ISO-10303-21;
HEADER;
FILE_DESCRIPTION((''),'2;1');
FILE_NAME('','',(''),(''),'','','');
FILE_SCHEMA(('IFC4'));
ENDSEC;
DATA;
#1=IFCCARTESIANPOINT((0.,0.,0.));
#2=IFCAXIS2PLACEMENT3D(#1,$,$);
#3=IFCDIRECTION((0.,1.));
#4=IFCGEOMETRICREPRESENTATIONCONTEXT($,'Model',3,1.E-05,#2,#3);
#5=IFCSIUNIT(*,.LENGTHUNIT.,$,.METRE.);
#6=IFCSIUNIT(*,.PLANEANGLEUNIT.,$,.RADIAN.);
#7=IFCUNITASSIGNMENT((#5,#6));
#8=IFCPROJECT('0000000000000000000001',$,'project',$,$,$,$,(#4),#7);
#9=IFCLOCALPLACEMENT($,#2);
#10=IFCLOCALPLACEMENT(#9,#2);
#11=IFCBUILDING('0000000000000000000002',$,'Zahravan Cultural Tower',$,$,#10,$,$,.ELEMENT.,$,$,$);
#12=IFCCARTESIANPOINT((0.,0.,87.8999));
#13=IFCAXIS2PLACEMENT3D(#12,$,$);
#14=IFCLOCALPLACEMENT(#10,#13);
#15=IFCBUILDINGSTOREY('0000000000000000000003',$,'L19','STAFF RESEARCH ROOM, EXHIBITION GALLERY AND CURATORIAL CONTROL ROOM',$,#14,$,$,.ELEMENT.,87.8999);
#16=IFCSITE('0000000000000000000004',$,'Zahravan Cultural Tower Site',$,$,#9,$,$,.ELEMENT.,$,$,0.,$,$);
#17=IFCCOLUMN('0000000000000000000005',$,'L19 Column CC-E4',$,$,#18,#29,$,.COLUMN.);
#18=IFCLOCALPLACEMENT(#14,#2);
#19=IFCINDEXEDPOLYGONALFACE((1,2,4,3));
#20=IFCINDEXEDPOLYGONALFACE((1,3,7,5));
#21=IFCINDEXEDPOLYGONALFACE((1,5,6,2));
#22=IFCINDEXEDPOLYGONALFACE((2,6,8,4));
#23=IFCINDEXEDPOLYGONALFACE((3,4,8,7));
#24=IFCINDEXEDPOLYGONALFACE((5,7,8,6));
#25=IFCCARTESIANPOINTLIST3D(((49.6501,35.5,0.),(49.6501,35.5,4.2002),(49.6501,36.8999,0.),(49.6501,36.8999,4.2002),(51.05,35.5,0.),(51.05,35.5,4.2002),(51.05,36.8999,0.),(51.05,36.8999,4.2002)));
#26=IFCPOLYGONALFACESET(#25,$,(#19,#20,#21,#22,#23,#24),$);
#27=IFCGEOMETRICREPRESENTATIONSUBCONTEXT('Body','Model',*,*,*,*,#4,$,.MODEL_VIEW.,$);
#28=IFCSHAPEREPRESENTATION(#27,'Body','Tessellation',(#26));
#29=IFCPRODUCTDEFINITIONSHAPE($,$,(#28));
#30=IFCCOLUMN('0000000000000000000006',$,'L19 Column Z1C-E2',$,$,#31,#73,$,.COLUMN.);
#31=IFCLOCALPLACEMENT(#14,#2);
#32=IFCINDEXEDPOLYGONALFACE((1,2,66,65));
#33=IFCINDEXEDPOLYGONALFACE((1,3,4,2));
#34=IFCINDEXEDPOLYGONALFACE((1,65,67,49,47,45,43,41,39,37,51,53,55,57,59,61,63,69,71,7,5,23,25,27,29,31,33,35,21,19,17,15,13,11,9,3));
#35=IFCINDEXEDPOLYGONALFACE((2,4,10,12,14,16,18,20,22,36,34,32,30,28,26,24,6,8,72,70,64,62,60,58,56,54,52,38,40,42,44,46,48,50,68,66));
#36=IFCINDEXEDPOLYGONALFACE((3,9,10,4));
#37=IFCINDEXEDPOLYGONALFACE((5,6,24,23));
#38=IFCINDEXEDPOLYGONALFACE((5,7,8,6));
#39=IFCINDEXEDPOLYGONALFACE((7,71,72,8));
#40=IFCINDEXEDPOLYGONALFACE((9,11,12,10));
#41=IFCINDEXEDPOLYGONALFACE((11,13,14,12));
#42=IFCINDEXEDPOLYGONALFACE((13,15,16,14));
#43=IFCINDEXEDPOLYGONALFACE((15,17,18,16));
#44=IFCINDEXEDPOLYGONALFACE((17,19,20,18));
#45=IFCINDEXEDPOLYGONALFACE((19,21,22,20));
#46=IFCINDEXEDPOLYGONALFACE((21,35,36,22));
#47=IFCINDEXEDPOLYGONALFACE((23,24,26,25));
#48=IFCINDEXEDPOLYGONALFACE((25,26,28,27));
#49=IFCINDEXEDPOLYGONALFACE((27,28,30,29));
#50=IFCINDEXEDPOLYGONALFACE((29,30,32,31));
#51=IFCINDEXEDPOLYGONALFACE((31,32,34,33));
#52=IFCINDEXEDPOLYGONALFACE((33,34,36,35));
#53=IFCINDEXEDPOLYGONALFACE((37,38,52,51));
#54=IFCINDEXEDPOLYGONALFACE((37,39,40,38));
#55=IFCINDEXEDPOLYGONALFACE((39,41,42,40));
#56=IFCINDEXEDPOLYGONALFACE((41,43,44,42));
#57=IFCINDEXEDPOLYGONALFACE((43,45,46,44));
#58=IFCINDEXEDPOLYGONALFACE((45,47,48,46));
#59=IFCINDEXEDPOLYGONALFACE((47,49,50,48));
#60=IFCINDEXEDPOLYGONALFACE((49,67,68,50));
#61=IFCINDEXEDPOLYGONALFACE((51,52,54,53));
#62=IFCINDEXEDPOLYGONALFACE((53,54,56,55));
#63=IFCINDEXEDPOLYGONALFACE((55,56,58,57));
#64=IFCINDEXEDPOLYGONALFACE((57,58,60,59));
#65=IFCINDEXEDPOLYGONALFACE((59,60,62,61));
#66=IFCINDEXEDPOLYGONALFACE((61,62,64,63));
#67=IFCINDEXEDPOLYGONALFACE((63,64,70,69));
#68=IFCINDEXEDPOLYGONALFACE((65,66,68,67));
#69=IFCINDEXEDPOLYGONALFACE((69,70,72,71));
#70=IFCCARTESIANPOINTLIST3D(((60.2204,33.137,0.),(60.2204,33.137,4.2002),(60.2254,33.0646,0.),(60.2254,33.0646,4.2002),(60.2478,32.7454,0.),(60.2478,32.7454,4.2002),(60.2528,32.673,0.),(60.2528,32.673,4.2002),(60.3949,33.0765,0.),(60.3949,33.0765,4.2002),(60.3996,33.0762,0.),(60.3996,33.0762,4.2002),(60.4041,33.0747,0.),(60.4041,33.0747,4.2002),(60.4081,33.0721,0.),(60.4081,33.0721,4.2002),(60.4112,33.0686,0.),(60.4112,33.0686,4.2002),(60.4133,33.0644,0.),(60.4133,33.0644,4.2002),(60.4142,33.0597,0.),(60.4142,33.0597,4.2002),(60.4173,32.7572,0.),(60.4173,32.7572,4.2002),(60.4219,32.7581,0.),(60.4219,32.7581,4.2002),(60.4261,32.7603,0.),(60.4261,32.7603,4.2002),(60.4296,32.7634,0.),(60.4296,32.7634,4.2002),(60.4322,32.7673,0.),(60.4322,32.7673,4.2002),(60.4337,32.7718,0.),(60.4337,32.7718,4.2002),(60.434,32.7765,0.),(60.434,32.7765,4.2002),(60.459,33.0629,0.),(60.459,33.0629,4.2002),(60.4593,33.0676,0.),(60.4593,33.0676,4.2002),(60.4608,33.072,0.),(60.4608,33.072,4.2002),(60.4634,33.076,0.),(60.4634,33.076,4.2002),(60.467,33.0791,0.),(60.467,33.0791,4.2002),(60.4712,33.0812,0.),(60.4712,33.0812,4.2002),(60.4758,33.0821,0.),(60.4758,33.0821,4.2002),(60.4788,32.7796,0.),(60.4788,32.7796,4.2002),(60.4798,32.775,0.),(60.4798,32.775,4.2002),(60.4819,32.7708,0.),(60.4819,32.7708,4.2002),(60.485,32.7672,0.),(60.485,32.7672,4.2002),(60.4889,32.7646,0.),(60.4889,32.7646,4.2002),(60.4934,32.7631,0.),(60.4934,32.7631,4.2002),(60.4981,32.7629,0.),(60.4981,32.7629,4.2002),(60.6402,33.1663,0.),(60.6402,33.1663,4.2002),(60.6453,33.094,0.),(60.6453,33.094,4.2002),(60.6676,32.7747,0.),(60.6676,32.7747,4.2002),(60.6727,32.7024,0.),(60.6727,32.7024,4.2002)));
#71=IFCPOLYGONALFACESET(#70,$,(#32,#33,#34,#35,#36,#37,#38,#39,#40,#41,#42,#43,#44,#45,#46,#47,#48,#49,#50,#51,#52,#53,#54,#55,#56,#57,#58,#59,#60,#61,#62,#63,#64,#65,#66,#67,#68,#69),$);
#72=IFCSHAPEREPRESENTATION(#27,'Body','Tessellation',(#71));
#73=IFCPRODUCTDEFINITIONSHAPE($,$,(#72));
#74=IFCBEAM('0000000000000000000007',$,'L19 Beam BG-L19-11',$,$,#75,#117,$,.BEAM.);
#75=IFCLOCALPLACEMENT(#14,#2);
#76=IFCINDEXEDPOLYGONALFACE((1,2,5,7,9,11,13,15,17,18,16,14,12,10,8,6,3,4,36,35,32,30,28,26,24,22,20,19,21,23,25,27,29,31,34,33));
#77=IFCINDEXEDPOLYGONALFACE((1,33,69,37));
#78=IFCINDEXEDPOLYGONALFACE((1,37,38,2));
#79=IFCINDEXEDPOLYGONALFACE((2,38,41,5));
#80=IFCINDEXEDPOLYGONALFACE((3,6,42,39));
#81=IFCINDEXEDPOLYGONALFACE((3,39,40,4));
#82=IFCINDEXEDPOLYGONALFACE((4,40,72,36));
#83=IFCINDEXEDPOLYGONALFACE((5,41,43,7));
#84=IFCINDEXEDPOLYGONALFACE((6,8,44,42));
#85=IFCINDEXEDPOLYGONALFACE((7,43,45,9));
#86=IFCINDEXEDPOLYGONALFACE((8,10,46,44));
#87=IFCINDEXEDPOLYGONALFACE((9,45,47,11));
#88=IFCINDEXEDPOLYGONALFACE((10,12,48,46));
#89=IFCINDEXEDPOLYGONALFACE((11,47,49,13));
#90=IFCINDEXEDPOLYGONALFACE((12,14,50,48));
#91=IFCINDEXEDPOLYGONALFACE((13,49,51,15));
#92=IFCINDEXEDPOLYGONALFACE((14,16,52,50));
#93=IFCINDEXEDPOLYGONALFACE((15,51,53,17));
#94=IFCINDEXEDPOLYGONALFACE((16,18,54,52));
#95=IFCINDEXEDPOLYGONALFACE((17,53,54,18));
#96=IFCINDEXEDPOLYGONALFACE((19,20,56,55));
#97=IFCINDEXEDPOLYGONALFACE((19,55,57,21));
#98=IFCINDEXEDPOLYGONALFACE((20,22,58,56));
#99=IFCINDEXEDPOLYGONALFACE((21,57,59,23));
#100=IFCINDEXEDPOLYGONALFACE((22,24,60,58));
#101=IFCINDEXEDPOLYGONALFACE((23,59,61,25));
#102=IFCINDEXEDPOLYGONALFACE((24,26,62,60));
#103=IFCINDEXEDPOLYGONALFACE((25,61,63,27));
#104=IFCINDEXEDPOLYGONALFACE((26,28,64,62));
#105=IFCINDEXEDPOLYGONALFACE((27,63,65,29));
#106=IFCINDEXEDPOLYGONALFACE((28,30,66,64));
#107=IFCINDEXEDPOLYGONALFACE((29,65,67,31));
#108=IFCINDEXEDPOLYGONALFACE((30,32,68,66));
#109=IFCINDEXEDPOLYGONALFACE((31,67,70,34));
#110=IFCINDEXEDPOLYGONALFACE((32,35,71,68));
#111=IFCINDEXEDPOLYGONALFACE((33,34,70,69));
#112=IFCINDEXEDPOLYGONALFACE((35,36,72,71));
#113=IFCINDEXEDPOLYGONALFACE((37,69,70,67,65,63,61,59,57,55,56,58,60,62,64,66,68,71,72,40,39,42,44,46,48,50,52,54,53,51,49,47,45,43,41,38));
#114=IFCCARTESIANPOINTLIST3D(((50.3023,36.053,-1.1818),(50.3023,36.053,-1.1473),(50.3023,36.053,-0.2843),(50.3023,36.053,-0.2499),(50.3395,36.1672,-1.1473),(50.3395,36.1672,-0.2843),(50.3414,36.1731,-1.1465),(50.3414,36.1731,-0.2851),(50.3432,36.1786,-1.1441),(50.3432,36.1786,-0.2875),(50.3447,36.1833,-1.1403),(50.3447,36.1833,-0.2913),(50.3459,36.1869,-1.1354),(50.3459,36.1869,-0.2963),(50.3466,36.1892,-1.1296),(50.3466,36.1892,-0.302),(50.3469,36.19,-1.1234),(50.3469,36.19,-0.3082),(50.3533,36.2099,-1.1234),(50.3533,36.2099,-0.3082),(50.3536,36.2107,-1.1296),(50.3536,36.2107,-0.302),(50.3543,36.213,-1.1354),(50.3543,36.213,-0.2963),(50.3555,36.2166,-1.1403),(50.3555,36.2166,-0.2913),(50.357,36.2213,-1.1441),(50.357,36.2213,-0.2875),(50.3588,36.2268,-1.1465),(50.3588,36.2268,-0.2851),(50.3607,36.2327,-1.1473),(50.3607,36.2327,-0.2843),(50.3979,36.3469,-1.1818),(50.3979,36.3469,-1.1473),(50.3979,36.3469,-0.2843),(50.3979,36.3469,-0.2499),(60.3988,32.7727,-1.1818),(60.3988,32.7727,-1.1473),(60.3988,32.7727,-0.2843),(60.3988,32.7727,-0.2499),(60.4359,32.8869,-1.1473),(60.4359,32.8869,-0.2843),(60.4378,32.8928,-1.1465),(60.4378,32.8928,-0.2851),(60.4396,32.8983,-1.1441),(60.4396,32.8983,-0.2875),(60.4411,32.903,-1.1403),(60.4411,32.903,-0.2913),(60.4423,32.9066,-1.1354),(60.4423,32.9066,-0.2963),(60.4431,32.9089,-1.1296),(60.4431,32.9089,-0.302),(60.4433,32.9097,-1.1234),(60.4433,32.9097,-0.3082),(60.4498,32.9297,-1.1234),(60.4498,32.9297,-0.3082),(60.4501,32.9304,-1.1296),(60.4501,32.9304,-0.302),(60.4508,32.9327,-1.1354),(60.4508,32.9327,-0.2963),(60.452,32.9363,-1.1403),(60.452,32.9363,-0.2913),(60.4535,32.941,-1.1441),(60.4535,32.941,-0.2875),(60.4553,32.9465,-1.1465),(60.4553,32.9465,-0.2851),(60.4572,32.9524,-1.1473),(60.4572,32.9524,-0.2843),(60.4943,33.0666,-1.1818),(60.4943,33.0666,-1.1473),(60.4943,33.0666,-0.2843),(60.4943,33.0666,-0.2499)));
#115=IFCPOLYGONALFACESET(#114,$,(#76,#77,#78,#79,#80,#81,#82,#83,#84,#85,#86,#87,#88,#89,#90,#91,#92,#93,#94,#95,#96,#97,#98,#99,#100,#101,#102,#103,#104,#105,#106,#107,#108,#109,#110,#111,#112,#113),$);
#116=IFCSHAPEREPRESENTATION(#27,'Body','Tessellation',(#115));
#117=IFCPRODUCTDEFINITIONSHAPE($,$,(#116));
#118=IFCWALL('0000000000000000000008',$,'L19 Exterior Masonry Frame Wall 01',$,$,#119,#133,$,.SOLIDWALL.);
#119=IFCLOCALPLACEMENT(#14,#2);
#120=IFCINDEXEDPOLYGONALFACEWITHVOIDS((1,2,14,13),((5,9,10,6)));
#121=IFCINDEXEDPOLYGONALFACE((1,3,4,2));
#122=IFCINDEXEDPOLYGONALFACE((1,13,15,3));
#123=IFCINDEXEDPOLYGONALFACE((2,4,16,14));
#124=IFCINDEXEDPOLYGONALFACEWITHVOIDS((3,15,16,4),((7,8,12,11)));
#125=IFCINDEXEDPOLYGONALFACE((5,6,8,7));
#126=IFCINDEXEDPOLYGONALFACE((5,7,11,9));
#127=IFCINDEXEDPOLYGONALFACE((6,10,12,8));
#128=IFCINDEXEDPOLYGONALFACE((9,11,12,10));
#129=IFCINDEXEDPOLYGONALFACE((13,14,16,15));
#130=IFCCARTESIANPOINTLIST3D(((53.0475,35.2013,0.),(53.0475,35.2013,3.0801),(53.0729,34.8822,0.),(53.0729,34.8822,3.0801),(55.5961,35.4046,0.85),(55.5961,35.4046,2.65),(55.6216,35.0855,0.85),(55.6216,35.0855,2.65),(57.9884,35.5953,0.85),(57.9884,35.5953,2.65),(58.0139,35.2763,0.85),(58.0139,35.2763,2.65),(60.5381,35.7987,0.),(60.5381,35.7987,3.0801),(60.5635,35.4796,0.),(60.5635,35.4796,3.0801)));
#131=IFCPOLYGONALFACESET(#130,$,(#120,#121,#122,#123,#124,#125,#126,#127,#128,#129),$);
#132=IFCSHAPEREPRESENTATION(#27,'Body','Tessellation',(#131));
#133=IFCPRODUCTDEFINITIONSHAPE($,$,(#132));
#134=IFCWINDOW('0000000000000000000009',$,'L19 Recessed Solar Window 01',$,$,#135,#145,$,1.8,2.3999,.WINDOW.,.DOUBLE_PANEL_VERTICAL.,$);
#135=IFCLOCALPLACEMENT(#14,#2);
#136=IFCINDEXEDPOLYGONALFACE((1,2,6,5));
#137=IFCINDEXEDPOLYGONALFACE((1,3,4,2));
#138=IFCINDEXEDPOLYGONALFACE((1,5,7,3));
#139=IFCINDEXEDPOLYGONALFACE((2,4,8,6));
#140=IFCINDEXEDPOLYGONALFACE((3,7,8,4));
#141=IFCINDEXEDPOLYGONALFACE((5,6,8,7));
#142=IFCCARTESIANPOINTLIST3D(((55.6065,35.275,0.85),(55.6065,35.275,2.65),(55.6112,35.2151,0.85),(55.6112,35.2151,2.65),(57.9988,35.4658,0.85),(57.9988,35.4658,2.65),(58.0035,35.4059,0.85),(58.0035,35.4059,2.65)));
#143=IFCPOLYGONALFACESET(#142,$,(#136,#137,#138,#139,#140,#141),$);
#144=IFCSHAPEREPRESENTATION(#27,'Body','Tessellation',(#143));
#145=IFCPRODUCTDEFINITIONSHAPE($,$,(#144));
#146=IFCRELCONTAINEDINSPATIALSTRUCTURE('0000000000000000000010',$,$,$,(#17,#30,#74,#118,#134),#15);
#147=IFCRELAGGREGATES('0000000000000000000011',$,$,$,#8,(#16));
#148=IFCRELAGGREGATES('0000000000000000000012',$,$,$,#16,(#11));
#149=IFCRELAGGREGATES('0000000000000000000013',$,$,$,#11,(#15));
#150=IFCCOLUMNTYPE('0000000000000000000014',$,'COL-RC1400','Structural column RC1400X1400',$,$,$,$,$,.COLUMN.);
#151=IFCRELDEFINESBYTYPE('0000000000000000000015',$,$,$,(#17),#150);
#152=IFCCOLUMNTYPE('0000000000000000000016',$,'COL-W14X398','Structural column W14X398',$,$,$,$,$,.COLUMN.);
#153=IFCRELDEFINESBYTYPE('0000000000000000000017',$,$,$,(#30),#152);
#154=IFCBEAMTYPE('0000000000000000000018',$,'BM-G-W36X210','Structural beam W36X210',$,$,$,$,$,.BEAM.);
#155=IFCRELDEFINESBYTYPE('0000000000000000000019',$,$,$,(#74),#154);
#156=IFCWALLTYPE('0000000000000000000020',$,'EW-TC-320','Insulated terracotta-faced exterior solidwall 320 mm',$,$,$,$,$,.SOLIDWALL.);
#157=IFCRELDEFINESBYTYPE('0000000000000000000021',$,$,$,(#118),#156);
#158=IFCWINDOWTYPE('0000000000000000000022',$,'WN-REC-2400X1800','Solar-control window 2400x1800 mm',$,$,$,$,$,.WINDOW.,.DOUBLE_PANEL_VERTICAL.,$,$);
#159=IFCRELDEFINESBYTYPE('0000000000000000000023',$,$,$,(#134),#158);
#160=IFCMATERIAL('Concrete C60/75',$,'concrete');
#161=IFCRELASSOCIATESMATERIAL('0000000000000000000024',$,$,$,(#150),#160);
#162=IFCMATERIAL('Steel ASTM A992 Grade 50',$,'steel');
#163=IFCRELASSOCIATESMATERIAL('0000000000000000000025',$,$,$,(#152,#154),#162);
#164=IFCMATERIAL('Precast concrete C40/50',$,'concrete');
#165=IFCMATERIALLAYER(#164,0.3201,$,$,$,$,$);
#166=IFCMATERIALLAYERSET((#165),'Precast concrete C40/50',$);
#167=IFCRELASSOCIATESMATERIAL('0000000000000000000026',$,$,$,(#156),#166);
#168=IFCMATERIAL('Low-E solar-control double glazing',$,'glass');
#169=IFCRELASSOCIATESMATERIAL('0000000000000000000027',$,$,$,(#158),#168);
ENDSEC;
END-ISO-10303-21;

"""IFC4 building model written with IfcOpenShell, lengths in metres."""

from ifc_helpers import new_model, si_unit, direction, frame, frame_2d, origin, origin_2d, place, context, subcontext, project, spatial, rectangle, i_section, extrude, source, transform, mapped, material, layer, layer_set, material_profile, profile_set, type_object, element, fill, save


model = new_model("IFC4")

# Units and contexts
model_context = context("Model", 3, precision=1e-05, world=origin(), true_north=direction((0.0, 1.0)))
body_context = subcontext(model_context, "Body", "Model", "MODEL_VIEW")
ifc_project = project(units=[si_unit("LENGTHUNIT", "METRE"), si_unit("PLANEANGLEUNIT", "RADIAN")], contexts=[model_context])

# Site, building, storey
site_placement = place(None, origin())
site = spatial("IfcSite", under=ifc_project, at=site_placement, Name="Zahravan Cultural Tower Site", CompositionType="ELEMENT", RefElevation=0.0)
building_placement = place(site_placement, origin())
building = spatial("IfcBuilding", under=site, at=building_placement, Name="Zahravan Cultural Tower", CompositionType="ELEMENT")
storey_placement = place(building_placement, frame((0.0, 0.0, 87.8999)))
storey = spatial("IfcBuildingStorey", under=building, at=storey_placement, Name="L19", Description="STAFF RESEARCH ROOM, EXHIBITION GALLERY AND CURATORIAL CONTROL ROOM", CompositionType="ELEMENT", Elevation=87.8999)

# Columns
ifc_material_1 = material(Name="Concrete C60/75", Category="concrete")
ifc_material_profile_1 = material_profile(ifc_material_1, rectangle(XDim=1.3999, YDim=1.3999, at=origin_2d()), Name="RC1400X1400")
ifc_profile_set_1 = profile_set([ifc_material_profile_1], Name="Concrete C60/75")
column_type_1 = type_object("IfcColumnType", Name="COL-RC1400", Description="Structural column RC1400X1400", PredefinedType="COLUMN", material=ifc_profile_set_1)
shared_shape_1 = source(origin(), body_context, "Body", "SweptSolid", [
    extrude(rectangle(XDim=1.3999, YDim=1.3999, at=origin_2d()), origin(), (0.0, 0.0, 1.0), 4.2002),
])
column_1_placement = place(storey_placement, frame((50.3501, 36.2, 0.0), z_axis=(0.0, 0.0, 1.0), x_axis=(1.0, 0.0, 0.0)))
element("IfcColumn", 1, at=column_1_placement, inside=storey, type_object=column_type_1, Name="L19 Column CC-E4", PredefinedType="COLUMN", context=body_context, shape_type="MappedRepresentation", body=[
    mapped(shared_shape_1, transform((0.0, 0.0, 0.0), x_axis=(1.0, 0.0, 0.0), y_axis=(0.0, 1.0, 0.0), z_axis=(0.0, 0.0, 1.0), scale=1.0)),
])
ifc_material_2 = material(Name="Steel ASTM A992 Grade 50", Category="steel")
ifc_material_profile_2 = material_profile(ifc_material_2, i_section(OverallWidth=0.4209, OverallDepth=0.4651, WebThickness=0.0449, FlangeThickness=0.0725, FilletRadius=0.0181, at=origin_2d()), Name="W14X398")
ifc_profile_set_2 = profile_set([ifc_material_profile_2], Name="Steel ASTM A992 Grade 50")
column_type_2 = type_object("IfcColumnType", Name="COL-W14X398", Description="Structural column W14X398", PredefinedType="COLUMN", material=ifc_profile_set_2)
shared_shape_2 = source(origin(), body_context, "Body", "SweptSolid", [
    extrude(i_section(OverallWidth=0.4209, OverallDepth=0.4651, WebThickness=0.0449, FlangeThickness=0.0725, FilletRadius=0.0181, at=origin_2d()), origin(), (0.0, 0.0, 1.0), 4.2002),
])
column_2_placement = place(storey_placement, frame((60.4465, 32.9197, 0.0), z_axis=(0.0, 0.0, 1.0), x_axis=(0.997564, 0.069756, 0.0)))
element("IfcColumn", 2, at=column_2_placement, inside=storey, type_object=column_type_2, Name="L19 Column Z1C-E2", PredefinedType="COLUMN", context=body_context, shape_type="MappedRepresentation", body=[
    mapped(shared_shape_2, transform((0.0, 0.0, 0.0), x_axis=(1.0, 0.0, 0.0), y_axis=(0.0, 1.0, 0.0), z_axis=(0.0, 0.0, 1.0), scale=1.0)),
])

# Beam
ifc_material_profile_3 = material_profile(ifc_material_2, i_section(OverallWidth=0.3091, OverallDepth=0.9319, WebThickness=0.021, FlangeThickness=0.0344, FilletRadius=0.0239, at=origin_2d()), Name="W36X210")
ifc_profile_set_3 = profile_set([ifc_material_profile_3], Name="Steel ASTM A992 Grade 50")
beam_type = type_object("IfcBeamType", Name="BM-G-W36X210", Description="Structural beam W36X210", PredefinedType="BEAM", material=ifc_profile_set_3)
shared_shape_3 = source(origin(), body_context, "Body", "SweptSolid", [
    extrude(i_section(OverallWidth=0.3091, OverallDepth=0.9319, WebThickness=0.021, FlangeThickness=0.0344, FilletRadius=0.0239, at=origin_2d()), origin(), (0.0, 0.0, 1.0), 10.616),
])
beam_placement = place(storey_placement, frame((50.3501, 36.2, -0.7158), z_axis=(0.951064, -0.308995, 0.0), x_axis=(0.308995, 0.951064, 0.0)))
element("IfcBeam", 3, at=beam_placement, inside=storey, type_object=beam_type, Name="L19 Beam BG-L19-11", PredefinedType="BEAM", context=body_context, shape_type="MappedRepresentation", body=[
    mapped(shared_shape_3, transform((0.0, 0.0, 0.0), x_axis=(1.0, 0.0, 0.0), y_axis=(0.0, 1.0, 0.0), z_axis=(0.0, 0.0, 1.0), scale=1.0)),
])

# Wall, opening, window
ifc_material_3 = material(Name="Precast concrete C40/50", Category="concrete")
ifc_layer_1 = layer(ifc_material_3, 0.3201)
ifc_layer_set_1 = layer_set([ifc_layer_1], Name="Precast concrete C40/50")
wall_type_1 = type_object("IfcWallType", Name="EW-TC-320", Description="Insulated terracotta-faced exterior solidwall 320 mm", PredefinedType="SOLIDWALL", material=ifc_layer_set_1)
wall_1_placement = place(storey_placement, frame((53.0601, 35.0417, 0.0), z_axis=(0.0, 0.0, 1.0), x_axis=(0.996835, 0.079501, 0.0)))
wall_1 = element("IfcWall", 4, at=wall_1_placement, inside=storey, type_object=wall_type_1, Name="L19 Exterior Masonry Frame Wall 01", PredefinedType="SOLIDWALL", context=body_context, shape_type="SweptSolid", body=[
    extrude(rectangle(XDim=7.5144, YDim=0.3201, at=frame_2d((3.7573, 0.0))), origin(), (0.0, 0.0, 1.0), 3.0801),
])
opening_1_placement = place(wall_1_placement, frame((2.5569, 0.0, 0.8501)))
opening_1 = element("IfcOpeningElement", 5, at=opening_1_placement, cuts=wall_1, PredefinedType="OPENING", context=body_context, shape_type="SweptSolid", body=[
    extrude(rectangle(XDim=2.3999, YDim=1.8, at=frame_2d((1.2, 0.8999))), frame((0.0, 0.1699, 0.0), z_axis=(0.0, -1.0, 0.0), x_axis=(1.0, 0.0, 0.0)), (0.0, 0.0, 1.0), 0.3401),
])
ifc_material_4 = material(Name="Low-E solar-control double glazing", Category="glass")
window_type = type_object("IfcWindowType", Name="WN-REC-2400X1800", Description="Solar-control window 2400x1800 mm", PartitioningType="DOUBLE_PANEL_VERTICAL", PredefinedType="WINDOW", material=ifc_material_4)
shared_shape_4 = source(origin(), body_context, "Body", "SweptSolid", [
    extrude(rectangle(XDim=2.3999, YDim=1.8, at=frame_2d((1.2, 0.8999))), frame((0.0, 0.03, 0.0), z_axis=(0.0, -1.0, 0.0), x_axis=(1.0, 0.0, 0.0)), (0.0, 0.0, 1.0), 0.0601),
])
window_placement = place(opening_1_placement, origin())
window = element("IfcWindow", 6, at=window_placement, inside=storey, type_object=window_type, Name="L19 Recessed Solar Window 01", OverallHeight=1.8, OverallWidth=2.3999, PartitioningType="DOUBLE_PANEL_VERTICAL", PredefinedType="WINDOW", context=body_context, shape_type="MappedRepresentation", body=[
    mapped(shared_shape_4, transform((0.0, 0.0, 0.0), x_axis=(1.0, 0.0, 0.0), y_axis=(0.0, 1.0, 0.0), z_axis=(0.0, 0.0, 1.0), scale=1.0)),
])
fill(opening_1, window)

save(model, "model.ifc")
